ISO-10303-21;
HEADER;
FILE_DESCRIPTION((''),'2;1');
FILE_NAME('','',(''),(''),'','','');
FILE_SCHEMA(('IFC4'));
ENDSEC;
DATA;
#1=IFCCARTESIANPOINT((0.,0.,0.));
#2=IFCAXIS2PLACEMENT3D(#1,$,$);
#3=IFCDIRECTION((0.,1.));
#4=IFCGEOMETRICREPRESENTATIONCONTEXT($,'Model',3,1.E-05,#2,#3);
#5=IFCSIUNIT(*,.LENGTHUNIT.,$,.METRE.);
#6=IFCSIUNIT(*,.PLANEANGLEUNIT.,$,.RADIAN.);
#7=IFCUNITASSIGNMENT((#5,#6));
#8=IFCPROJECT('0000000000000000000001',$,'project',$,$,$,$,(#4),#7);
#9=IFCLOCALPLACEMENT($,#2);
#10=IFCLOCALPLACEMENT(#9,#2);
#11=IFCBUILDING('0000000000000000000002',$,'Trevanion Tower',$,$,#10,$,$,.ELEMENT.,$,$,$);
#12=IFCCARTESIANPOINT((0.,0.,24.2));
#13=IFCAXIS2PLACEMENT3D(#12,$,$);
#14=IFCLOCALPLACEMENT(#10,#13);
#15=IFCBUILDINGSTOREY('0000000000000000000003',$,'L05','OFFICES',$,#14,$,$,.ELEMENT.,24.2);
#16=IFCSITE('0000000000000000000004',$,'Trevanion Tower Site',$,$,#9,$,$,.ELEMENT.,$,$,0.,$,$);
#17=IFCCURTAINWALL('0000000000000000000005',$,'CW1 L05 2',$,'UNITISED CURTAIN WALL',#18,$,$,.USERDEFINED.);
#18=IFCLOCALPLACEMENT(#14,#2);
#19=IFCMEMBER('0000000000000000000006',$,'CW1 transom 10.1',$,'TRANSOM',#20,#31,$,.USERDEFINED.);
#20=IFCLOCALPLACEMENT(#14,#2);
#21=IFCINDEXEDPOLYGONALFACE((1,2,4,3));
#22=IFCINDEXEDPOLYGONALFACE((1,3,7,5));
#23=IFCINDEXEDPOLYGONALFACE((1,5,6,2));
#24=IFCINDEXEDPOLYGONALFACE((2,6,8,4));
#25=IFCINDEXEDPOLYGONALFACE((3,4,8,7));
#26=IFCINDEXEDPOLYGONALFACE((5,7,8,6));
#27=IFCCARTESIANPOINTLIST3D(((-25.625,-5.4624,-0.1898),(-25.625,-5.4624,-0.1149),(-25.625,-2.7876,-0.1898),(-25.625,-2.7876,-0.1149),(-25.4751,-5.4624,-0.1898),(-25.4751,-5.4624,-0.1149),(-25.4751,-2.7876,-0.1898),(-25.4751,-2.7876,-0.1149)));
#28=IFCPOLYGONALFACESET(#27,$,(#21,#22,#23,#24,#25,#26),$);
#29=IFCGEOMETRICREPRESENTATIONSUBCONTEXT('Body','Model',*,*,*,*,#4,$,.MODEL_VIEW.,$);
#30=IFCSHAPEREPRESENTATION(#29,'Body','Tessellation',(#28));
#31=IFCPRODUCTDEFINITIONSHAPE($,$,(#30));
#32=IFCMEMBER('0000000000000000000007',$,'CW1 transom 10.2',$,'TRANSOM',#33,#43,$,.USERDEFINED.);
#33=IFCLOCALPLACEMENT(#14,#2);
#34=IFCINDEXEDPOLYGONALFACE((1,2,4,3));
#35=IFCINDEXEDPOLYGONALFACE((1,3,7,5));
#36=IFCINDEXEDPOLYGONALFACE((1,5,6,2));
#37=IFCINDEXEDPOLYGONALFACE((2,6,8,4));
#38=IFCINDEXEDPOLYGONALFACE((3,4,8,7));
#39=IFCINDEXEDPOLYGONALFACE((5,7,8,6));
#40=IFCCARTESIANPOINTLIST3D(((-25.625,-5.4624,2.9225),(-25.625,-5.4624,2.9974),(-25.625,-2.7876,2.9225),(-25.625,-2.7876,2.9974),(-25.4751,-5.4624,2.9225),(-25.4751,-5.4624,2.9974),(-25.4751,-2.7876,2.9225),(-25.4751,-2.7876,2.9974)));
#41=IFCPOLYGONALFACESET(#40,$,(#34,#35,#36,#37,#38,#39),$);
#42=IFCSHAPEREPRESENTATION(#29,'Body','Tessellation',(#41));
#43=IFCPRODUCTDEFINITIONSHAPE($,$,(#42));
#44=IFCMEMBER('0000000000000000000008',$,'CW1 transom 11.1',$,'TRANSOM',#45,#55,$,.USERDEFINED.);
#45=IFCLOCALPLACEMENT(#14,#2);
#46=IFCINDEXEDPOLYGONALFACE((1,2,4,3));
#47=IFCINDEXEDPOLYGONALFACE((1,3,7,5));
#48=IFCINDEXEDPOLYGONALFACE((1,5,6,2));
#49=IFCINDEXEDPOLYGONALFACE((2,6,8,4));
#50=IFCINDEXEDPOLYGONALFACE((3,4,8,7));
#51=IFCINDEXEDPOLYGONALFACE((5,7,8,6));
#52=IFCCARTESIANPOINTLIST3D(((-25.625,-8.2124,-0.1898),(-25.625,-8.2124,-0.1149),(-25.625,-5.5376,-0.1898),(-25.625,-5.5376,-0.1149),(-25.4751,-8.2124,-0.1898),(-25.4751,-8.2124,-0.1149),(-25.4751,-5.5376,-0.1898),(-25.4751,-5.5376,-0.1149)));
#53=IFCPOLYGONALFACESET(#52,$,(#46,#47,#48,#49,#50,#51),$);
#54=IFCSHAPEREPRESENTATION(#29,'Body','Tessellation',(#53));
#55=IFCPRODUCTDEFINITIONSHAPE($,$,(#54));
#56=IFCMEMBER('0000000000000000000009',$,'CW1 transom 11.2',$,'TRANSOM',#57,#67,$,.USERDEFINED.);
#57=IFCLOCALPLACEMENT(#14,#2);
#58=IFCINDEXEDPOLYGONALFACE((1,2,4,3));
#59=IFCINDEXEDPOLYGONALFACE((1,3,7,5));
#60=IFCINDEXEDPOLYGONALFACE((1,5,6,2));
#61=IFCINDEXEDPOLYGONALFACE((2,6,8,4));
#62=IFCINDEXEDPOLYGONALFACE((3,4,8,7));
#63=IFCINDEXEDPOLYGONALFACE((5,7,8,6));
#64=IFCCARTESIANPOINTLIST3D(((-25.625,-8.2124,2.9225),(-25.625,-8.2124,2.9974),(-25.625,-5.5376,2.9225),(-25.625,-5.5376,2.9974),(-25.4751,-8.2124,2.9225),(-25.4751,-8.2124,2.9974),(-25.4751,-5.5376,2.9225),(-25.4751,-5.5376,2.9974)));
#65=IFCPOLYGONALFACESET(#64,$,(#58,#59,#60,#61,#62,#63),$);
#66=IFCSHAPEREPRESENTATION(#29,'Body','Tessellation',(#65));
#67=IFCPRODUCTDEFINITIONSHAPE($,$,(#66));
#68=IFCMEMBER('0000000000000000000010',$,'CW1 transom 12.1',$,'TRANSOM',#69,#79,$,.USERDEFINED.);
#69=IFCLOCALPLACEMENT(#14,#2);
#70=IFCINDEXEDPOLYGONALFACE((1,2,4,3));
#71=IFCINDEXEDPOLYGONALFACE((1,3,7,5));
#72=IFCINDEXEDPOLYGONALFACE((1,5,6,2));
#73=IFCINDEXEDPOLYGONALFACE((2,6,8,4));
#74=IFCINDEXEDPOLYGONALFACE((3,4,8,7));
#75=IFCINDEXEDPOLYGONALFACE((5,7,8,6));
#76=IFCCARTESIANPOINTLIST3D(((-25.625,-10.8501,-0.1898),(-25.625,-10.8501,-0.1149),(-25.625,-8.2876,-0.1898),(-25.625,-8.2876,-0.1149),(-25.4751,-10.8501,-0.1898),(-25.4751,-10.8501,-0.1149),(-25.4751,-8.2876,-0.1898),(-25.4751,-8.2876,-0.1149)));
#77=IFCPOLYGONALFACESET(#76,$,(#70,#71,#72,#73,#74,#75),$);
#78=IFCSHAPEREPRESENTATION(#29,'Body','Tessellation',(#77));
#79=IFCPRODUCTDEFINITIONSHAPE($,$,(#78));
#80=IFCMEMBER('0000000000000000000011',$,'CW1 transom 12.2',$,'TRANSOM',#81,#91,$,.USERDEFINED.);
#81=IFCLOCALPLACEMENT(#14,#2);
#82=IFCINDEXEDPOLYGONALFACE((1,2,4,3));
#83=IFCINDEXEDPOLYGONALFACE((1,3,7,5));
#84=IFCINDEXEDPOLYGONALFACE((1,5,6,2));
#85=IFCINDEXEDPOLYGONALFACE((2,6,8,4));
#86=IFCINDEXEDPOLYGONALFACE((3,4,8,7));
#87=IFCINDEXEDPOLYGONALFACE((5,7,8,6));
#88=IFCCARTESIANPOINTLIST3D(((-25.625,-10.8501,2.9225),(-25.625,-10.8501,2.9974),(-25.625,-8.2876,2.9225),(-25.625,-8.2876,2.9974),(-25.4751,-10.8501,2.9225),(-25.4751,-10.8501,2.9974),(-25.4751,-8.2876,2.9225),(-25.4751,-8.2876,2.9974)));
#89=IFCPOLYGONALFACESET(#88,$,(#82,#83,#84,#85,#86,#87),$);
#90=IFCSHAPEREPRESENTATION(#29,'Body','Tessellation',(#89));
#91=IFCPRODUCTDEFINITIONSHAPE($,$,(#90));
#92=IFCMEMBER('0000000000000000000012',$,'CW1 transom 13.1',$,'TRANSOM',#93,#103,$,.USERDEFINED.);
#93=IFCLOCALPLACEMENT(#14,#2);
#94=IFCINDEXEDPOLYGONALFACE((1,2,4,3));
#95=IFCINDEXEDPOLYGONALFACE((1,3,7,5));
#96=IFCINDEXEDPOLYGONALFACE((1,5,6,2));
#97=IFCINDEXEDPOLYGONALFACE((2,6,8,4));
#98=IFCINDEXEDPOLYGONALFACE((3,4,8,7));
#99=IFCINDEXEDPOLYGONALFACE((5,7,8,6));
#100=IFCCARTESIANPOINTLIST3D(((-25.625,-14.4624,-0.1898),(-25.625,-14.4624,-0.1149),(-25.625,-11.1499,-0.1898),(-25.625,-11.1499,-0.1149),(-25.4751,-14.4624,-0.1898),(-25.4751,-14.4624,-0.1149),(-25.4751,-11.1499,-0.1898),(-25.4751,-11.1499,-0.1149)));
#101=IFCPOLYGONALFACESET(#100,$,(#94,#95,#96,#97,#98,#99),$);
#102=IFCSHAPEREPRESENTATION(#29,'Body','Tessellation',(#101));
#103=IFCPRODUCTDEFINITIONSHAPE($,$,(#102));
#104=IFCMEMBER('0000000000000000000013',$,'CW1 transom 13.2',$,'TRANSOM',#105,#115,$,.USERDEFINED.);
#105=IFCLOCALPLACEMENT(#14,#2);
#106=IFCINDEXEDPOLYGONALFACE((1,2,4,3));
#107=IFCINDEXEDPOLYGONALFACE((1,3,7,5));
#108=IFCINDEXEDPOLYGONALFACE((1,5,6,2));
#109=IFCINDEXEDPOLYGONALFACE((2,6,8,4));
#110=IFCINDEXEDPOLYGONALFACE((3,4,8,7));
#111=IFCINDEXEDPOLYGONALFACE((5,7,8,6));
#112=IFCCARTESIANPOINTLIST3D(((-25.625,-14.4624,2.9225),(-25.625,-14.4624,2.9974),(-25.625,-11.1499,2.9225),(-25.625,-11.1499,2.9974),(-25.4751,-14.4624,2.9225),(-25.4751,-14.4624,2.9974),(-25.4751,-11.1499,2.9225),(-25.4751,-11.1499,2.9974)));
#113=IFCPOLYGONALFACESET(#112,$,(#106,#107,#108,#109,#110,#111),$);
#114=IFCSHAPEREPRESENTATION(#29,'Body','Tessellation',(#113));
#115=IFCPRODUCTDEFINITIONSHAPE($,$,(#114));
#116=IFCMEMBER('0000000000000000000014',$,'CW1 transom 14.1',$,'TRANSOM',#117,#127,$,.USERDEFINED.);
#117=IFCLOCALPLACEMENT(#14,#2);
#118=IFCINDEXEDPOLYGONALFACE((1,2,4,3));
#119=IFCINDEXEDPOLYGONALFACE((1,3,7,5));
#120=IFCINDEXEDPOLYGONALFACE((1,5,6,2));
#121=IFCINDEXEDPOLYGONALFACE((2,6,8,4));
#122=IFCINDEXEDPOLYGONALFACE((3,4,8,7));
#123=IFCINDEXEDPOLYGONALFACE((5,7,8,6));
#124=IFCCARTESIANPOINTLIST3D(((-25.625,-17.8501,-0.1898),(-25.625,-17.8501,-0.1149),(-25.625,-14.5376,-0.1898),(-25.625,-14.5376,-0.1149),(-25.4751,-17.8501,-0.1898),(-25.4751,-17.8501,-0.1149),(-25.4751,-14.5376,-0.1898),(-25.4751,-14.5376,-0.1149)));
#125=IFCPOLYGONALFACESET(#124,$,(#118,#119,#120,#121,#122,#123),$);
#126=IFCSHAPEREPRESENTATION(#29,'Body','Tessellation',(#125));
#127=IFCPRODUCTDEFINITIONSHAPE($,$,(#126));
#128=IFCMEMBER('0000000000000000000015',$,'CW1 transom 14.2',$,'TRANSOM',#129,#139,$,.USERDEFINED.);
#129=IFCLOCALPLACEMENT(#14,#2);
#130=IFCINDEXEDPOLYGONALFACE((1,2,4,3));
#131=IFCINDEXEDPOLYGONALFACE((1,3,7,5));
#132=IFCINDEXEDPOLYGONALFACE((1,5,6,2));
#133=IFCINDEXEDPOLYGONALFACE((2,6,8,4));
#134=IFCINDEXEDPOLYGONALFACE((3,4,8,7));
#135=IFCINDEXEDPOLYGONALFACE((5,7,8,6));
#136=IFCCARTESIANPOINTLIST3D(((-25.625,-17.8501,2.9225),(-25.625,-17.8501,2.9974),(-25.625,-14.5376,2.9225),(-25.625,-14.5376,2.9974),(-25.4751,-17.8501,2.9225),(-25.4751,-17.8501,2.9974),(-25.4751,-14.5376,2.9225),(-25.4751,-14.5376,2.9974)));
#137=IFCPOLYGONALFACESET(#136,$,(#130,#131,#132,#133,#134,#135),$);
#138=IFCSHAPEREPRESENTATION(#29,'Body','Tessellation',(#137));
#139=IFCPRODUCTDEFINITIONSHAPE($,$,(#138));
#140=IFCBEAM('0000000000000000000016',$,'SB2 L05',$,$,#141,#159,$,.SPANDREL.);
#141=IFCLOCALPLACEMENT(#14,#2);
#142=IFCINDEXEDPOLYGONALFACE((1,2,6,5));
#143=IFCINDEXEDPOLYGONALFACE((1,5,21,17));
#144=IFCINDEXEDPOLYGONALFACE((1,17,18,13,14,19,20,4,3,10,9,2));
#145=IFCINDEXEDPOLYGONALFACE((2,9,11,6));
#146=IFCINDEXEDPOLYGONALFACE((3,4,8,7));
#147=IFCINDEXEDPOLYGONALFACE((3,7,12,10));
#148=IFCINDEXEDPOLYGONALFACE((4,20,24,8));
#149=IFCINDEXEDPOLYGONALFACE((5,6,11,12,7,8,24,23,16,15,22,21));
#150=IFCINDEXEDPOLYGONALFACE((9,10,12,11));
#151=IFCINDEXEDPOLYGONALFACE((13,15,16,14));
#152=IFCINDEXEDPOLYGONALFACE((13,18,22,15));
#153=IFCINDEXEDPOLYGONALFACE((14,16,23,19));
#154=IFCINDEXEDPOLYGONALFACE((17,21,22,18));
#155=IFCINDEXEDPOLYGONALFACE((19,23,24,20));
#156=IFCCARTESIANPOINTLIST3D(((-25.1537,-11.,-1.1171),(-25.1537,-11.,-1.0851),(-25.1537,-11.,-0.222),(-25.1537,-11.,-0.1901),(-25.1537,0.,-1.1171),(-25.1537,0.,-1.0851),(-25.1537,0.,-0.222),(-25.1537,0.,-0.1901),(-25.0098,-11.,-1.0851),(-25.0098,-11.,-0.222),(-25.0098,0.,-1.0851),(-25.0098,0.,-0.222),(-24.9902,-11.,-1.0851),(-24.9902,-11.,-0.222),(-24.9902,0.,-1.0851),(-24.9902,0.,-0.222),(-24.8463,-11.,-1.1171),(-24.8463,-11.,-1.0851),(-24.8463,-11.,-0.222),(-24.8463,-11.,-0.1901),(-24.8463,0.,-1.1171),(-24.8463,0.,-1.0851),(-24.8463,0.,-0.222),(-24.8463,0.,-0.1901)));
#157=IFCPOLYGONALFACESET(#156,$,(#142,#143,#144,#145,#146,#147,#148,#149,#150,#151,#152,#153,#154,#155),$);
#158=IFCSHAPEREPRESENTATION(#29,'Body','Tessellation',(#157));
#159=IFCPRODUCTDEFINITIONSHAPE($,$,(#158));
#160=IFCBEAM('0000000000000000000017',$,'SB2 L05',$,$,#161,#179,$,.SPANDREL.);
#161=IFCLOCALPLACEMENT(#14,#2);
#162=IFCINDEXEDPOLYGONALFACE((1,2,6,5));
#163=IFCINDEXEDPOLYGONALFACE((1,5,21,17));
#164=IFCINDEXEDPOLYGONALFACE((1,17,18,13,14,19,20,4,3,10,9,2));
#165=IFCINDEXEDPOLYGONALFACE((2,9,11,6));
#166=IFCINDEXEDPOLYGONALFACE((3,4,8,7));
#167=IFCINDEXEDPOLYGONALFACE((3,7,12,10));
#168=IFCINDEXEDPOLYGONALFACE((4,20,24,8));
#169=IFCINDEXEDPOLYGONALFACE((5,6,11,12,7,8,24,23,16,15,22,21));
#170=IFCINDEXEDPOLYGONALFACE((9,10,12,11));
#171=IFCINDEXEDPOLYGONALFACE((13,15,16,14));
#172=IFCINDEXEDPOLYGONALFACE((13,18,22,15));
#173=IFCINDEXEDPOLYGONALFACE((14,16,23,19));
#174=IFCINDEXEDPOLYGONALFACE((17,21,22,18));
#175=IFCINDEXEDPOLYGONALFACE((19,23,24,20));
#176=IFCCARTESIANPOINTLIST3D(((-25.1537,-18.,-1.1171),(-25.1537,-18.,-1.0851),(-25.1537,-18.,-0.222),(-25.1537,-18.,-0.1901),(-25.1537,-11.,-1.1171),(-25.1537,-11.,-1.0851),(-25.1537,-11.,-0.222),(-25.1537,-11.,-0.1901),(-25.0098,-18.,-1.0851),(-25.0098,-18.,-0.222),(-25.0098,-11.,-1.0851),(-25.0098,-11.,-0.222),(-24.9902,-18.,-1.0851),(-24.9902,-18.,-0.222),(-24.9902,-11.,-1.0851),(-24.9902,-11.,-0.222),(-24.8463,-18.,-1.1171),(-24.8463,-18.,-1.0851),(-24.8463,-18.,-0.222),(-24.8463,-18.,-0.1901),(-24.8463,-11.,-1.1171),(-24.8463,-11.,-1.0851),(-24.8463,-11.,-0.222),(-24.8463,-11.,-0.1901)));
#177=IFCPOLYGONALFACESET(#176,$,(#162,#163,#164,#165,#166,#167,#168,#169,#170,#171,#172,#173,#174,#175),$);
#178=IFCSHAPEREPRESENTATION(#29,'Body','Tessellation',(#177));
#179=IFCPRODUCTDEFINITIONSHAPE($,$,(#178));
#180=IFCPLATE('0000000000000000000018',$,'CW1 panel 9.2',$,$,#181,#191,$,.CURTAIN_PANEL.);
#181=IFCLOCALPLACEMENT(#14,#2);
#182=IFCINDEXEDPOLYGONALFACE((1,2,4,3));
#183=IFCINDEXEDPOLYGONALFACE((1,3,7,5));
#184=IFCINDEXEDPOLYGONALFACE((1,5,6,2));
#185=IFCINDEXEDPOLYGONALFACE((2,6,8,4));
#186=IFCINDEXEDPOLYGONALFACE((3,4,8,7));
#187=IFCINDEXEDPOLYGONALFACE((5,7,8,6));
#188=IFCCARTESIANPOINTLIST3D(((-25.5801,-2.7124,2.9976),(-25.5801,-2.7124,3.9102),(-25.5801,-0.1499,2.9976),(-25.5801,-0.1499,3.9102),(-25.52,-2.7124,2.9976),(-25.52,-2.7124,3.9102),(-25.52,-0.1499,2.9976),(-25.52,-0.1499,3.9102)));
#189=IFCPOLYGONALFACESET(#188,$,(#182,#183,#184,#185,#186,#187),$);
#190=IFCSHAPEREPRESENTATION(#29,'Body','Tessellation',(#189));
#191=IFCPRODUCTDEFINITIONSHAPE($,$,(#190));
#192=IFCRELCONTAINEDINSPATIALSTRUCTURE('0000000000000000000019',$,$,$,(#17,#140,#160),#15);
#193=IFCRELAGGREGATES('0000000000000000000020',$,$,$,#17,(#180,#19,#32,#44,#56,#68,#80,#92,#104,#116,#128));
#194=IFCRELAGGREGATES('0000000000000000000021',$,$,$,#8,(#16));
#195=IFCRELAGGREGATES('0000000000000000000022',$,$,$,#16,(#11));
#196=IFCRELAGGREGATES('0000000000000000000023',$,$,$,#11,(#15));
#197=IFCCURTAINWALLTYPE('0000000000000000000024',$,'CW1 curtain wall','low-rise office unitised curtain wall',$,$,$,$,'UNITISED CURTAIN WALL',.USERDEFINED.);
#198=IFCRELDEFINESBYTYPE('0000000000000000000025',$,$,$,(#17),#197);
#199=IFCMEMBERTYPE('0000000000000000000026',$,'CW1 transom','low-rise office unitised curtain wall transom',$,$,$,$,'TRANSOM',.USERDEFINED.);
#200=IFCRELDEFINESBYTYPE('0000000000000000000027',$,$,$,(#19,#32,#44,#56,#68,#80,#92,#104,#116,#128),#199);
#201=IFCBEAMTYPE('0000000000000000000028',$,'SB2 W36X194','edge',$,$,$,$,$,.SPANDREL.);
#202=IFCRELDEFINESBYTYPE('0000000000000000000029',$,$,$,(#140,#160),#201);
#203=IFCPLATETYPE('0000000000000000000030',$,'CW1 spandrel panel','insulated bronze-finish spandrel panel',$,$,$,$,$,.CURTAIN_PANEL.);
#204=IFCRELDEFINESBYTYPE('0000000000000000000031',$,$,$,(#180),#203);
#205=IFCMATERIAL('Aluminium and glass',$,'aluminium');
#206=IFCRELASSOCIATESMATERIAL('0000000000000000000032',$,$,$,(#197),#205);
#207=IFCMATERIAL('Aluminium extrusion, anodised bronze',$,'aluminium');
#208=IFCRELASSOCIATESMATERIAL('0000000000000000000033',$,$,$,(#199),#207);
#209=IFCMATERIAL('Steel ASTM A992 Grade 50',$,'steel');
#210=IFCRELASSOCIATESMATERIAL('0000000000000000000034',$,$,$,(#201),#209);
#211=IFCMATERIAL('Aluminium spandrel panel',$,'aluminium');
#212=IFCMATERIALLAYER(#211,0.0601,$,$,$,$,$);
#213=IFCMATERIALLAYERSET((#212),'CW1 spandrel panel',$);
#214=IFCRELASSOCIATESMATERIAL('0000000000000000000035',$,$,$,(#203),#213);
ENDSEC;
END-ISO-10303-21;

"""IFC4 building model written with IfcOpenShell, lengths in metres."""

from ifc_helpers import new_model, si_unit, direction, frame, origin, origin_2d, place, context, subcontext, project, spatial, rectangle, i_section, extrude, material, layer, layer_set, material_profile, profile_set, type_object, element, aggregate, save


model = new_model("IFC4")

# Units and contexts
model_context = context("Model", 3, precision=1e-05, world=origin(), true_north=direction((0.0, 1.0)))
body_context = subcontext(model_context, "Body", "Model", "MODEL_VIEW")
ifc_project = project(units=[si_unit("LENGTHUNIT", "METRE"), si_unit("PLANEANGLEUNIT", "RADIAN")], contexts=[model_context])

# Site, building, storey
site_placement = place(None, origin())
site = spatial("IfcSite", under=ifc_project, at=site_placement, Name="Trevanion Tower Site", CompositionType="ELEMENT", RefElevation=0.0)
building_placement = place(site_placement, origin())
building = spatial("IfcBuilding", under=site, at=building_placement, Name="Trevanion Tower", CompositionType="ELEMENT")
storey_placement = place(building_placement, frame((0.0, 0.0, 24.2)))
storey = spatial("IfcBuildingStorey", under=building, at=storey_placement, Name="L05", Description="OFFICES", CompositionType="ELEMENT", Elevation=24.2)

# Curtain wall, members
ifc_material_1 = material(Name="Aluminium and glass", Category="aluminium")
curtain_wall_type = type_object("IfcCurtainWallType", Name="CW1 curtain wall", Description="low-rise office unitised curtain wall", ElementType="UNITISED CURTAIN WALL", PredefinedType="USERDEFINED", material=ifc_material_1)
curtain_wall_placement = place(storey_placement, origin())
curtain_wall = element("IfcCurtainWall", 1, at=curtain_wall_placement, inside=storey, type_object=curtain_wall_type, Name="CW1 L05 2", ObjectType="UNITISED CURTAIN WALL", PredefinedType="USERDEFINED")
ifc_material_2 = material(Name="Aluminium extrusion, anodised bronze", Category="aluminium")
ifc_material_profile_1 = material_profile(ifc_material_2, rectangle(XDim=0.1499, YDim=0.075, at=origin_2d()), Name="CW1 transom")
ifc_profile_set_1 = profile_set([ifc_material_profile_1], Name="Aluminium extrusion, anodised bronze")
member_type_1 = type_object("IfcMemberType", Name="CW1 transom", Description="low-rise office unitised curtain wall transom", ElementType="TRANSOM", PredefinedType="USERDEFINED", material=ifc_profile_set_1)
member_1_placement = place(storey_placement, frame((-25.55, -2.7876, -0.1523), z_axis=(0.0, -1.0, 0.0), x_axis=(1.0, 0.0, 0.0)))
member_1 = element("IfcMember", 2, at=member_1_placement, type_object=member_type_1, Name="CW1 transom 10.1", ObjectType="TRANSOM", PredefinedType="USERDEFINED", context=body_context, shape_type="SweptSolid", body=[
    extrude(rectangle(XDim=0.1499, YDim=0.075, at=origin_2d()), origin(), (0.0, 0.0, 1.0), 2.6748),
])
member_2_placement = place(storey_placement, frame((-25.55, -2.7876, 2.96), z_axis=(0.0, -1.0, 0.0), x_axis=(1.0, 0.0, 0.0)))
member_2 = element("IfcMember", 3, at=member_2_placement, type_object=member_type_1, Name="CW1 transom 10.2", ObjectType="TRANSOM", PredefinedType="USERDEFINED", context=body_context, shape_type="SweptSolid", body=[
    extrude(rectangle(XDim=0.1499, YDim=0.075, at=origin_2d()), origin(), (0.0, 0.0, 1.0), 2.6748),
])
member_3_placement = place(storey_placement, frame((-25.55, -5.5376, -0.1523), z_axis=(0.0, -1.0, 0.0), x_axis=(1.0, 0.0, 0.0)))
member_3 = element("IfcMember", 4, at=member_3_placement, type_object=member_type_1, Name="CW1 transom 11.1", ObjectType="TRANSOM", PredefinedType="USERDEFINED", context=body_context, shape_type="SweptSolid", body=[
    extrude(rectangle(XDim=0.1499, YDim=0.075, at=origin_2d()), origin(), (0.0, 0.0, 1.0), 2.6748),
])
member_4_placement = place(storey_placement, frame((-25.55, -5.5376, 2.96), z_axis=(0.0, -1.0, 0.0), x_axis=(1.0, 0.0, 0.0)))
member_4 = element("IfcMember", 5, at=member_4_placement, type_object=member_type_1, Name="CW1 transom 11.2", ObjectType="TRANSOM", PredefinedType="USERDEFINED", context=body_context, shape_type="SweptSolid", body=[
    extrude(rectangle(XDim=0.1499, YDim=0.075, at=origin_2d()), origin(), (0.0, 0.0, 1.0), 2.6748),
])
member_5_placement = place(storey_placement, frame((-25.55, -8.2876, -0.1523), z_axis=(0.0, -1.0, 0.0), x_axis=(1.0, 0.0, 0.0)))
member_5 = element("IfcMember", 6, at=member_5_placement, type_object=member_type_1, Name="CW1 transom 12.1", ObjectType="TRANSOM", PredefinedType="USERDEFINED", context=body_context, shape_type="SweptSolid", body=[
    extrude(rectangle(XDim=0.1499, YDim=0.075, at=origin_2d()), origin(), (0.0, 0.0, 1.0), 2.5625),
])
member_6_placement = place(storey_placement, frame((-25.55, -8.2876, 2.96), z_axis=(0.0, -1.0, 0.0), x_axis=(1.0, 0.0, 0.0)))
member_6 = element("IfcMember", 7, at=member_6_placement, type_object=member_type_1, Name="CW1 transom 12.2", ObjectType="TRANSOM", PredefinedType="USERDEFINED", context=body_context, shape_type="SweptSolid", body=[
    extrude(rectangle(XDim=0.1499, YDim=0.075, at=origin_2d()), origin(), (0.0, 0.0, 1.0), 2.5625),
])
member_7_placement = place(storey_placement, frame((-25.55, -11.1499, -0.1523), z_axis=(0.0, -1.0, 0.0), x_axis=(1.0, 0.0, 0.0)))
member_7 = element("IfcMember", 8, at=member_7_placement, type_object=member_type_1, Name="CW1 transom 13.1", ObjectType="TRANSOM", PredefinedType="USERDEFINED", context=body_context, shape_type="SweptSolid", body=[
    extrude(rectangle(XDim=0.1499, YDim=0.075, at=origin_2d()), origin(), (0.0, 0.0, 1.0), 3.3125),
])
member_8_placement = place(storey_placement, frame((-25.55, -11.1499, 2.96), z_axis=(0.0, -1.0, 0.0), x_axis=(1.0, 0.0, 0.0)))
member_8 = element("IfcMember", 9, at=member_8_placement, type_object=member_type_1, Name="CW1 transom 13.2", ObjectType="TRANSOM", PredefinedType="USERDEFINED", context=body_context, shape_type="SweptSolid", body=[
    extrude(rectangle(XDim=0.1499, YDim=0.075, at=origin_2d()), origin(), (0.0, 0.0, 1.0), 3.3125),
])
member_9_placement = place(storey_placement, frame((-25.55, -14.5376, -0.1523), z_axis=(0.0, -1.0, 0.0), x_axis=(1.0, 0.0, 0.0)))
member_9 = element("IfcMember", 10, at=member_9_placement, type_object=member_type_1, Name="CW1 transom 14.1", ObjectType="TRANSOM", PredefinedType="USERDEFINED", context=body_context, shape_type="SweptSolid", body=[
    extrude(rectangle(XDim=0.1499, YDim=0.075, at=origin_2d()), origin(), (0.0, 0.0, 1.0), 3.3125),
])
member_10_placement = place(storey_placement, frame((-25.55, -14.5376, 2.96), z_axis=(0.0, -1.0, 0.0), x_axis=(1.0, 0.0, 0.0)))
member_10 = element("IfcMember", 11, at=member_10_placement, type_object=member_type_1, Name="CW1 transom 14.2", ObjectType="TRANSOM", PredefinedType="USERDEFINED", context=body_context, shape_type="SweptSolid", body=[
    extrude(rectangle(XDim=0.1499, YDim=0.075, at=origin_2d()), origin(), (0.0, 0.0, 1.0), 3.3125),
])

# Beams
ifc_material_3 = material(Name="Steel ASTM A992 Grade 50", Category="steel")
ifc_material_profile_2 = material_profile(ifc_material_3, i_section(OverallWidth=0.3074, OverallDepth=0.927, WebThickness=0.0195, FlangeThickness=0.032, at=origin_2d()), Name="W36X194")
ifc_profile_set_2 = profile_set([ifc_material_profile_2], Name="Steel ASTM A992 Grade 50")
beam_type_1 = type_object("IfcBeamType", Name="SB2 W36X194", Description="edge", PredefinedType="SPANDREL", material=ifc_profile_set_2)
beam_1_placement = place(storey_placement, frame((-25.0, 0.0, -0.6536), z_axis=(0.0, -1.0, 0.0), x_axis=(1.0, 0.0, 0.0)))
element("IfcBeam", 12, at=beam_1_placement, inside=storey, type_object=beam_type_1, Name="SB2 L05", PredefinedType="SPANDREL", context=body_context, shape_type="SweptSolid", body=[
    extrude(i_section(OverallWidth=0.3074, OverallDepth=0.927, WebThickness=0.0195, FlangeThickness=0.032, at=origin_2d()), origin(), (0.0, 0.0, 1.0), 11.0),
])
beam_2_placement = place(storey_placement, frame((-25.0, -11.0, -0.6536), z_axis=(0.0, -1.0, 0.0), x_axis=(1.0, 0.0, 0.0)))
element("IfcBeam", 13, at=beam_2_placement, inside=storey, type_object=beam_type_1, Name="SB2 L05", PredefinedType="SPANDREL", context=body_context, shape_type="SweptSolid", body=[
    extrude(i_section(OverallWidth=0.3074, OverallDepth=0.927, WebThickness=0.0195, FlangeThickness=0.032, at=origin_2d()), origin(), (0.0, 0.0, 1.0), 7.0),
])

# Plate
ifc_material_4 = material(Name="Aluminium spandrel panel", Category="aluminium")
ifc_layer_1 = layer(ifc_material_4, 0.0601)
ifc_layer_set_1 = layer_set([ifc_layer_1], Name="CW1 spandrel panel")
plate_type_1 = type_object("IfcPlateType", Name="CW1 spandrel panel", Description="insulated bronze-finish spandrel panel", PredefinedType="CURTAIN_PANEL", material=ifc_layer_set_1)
plate_1_placement = place(storey_placement, frame((-25.55, -1.4312, 2.9976), z_axis=(0.0, 0.0, 1.0), x_axis=(0.0, -1.0, 0.0)))
plate_1 = element("IfcPlate", 14, at=plate_1_placement, type_object=plate_type_1, Name="CW1 panel 9.2", PredefinedType="CURTAIN_PANEL", context=body_context, shape_type="SweptSolid", body=[
    extrude(rectangle(XDim=2.5625, YDim=0.0601, at=origin_2d()), origin(), (0.0, 0.0, 1.0), 0.9126),
])
aggregate(curtain_wall, [plate_1, member_1, member_2, member_3, member_4, member_5, member_6, member_7, member_8, member_9, member_10])

save(model, "model.ifc")
